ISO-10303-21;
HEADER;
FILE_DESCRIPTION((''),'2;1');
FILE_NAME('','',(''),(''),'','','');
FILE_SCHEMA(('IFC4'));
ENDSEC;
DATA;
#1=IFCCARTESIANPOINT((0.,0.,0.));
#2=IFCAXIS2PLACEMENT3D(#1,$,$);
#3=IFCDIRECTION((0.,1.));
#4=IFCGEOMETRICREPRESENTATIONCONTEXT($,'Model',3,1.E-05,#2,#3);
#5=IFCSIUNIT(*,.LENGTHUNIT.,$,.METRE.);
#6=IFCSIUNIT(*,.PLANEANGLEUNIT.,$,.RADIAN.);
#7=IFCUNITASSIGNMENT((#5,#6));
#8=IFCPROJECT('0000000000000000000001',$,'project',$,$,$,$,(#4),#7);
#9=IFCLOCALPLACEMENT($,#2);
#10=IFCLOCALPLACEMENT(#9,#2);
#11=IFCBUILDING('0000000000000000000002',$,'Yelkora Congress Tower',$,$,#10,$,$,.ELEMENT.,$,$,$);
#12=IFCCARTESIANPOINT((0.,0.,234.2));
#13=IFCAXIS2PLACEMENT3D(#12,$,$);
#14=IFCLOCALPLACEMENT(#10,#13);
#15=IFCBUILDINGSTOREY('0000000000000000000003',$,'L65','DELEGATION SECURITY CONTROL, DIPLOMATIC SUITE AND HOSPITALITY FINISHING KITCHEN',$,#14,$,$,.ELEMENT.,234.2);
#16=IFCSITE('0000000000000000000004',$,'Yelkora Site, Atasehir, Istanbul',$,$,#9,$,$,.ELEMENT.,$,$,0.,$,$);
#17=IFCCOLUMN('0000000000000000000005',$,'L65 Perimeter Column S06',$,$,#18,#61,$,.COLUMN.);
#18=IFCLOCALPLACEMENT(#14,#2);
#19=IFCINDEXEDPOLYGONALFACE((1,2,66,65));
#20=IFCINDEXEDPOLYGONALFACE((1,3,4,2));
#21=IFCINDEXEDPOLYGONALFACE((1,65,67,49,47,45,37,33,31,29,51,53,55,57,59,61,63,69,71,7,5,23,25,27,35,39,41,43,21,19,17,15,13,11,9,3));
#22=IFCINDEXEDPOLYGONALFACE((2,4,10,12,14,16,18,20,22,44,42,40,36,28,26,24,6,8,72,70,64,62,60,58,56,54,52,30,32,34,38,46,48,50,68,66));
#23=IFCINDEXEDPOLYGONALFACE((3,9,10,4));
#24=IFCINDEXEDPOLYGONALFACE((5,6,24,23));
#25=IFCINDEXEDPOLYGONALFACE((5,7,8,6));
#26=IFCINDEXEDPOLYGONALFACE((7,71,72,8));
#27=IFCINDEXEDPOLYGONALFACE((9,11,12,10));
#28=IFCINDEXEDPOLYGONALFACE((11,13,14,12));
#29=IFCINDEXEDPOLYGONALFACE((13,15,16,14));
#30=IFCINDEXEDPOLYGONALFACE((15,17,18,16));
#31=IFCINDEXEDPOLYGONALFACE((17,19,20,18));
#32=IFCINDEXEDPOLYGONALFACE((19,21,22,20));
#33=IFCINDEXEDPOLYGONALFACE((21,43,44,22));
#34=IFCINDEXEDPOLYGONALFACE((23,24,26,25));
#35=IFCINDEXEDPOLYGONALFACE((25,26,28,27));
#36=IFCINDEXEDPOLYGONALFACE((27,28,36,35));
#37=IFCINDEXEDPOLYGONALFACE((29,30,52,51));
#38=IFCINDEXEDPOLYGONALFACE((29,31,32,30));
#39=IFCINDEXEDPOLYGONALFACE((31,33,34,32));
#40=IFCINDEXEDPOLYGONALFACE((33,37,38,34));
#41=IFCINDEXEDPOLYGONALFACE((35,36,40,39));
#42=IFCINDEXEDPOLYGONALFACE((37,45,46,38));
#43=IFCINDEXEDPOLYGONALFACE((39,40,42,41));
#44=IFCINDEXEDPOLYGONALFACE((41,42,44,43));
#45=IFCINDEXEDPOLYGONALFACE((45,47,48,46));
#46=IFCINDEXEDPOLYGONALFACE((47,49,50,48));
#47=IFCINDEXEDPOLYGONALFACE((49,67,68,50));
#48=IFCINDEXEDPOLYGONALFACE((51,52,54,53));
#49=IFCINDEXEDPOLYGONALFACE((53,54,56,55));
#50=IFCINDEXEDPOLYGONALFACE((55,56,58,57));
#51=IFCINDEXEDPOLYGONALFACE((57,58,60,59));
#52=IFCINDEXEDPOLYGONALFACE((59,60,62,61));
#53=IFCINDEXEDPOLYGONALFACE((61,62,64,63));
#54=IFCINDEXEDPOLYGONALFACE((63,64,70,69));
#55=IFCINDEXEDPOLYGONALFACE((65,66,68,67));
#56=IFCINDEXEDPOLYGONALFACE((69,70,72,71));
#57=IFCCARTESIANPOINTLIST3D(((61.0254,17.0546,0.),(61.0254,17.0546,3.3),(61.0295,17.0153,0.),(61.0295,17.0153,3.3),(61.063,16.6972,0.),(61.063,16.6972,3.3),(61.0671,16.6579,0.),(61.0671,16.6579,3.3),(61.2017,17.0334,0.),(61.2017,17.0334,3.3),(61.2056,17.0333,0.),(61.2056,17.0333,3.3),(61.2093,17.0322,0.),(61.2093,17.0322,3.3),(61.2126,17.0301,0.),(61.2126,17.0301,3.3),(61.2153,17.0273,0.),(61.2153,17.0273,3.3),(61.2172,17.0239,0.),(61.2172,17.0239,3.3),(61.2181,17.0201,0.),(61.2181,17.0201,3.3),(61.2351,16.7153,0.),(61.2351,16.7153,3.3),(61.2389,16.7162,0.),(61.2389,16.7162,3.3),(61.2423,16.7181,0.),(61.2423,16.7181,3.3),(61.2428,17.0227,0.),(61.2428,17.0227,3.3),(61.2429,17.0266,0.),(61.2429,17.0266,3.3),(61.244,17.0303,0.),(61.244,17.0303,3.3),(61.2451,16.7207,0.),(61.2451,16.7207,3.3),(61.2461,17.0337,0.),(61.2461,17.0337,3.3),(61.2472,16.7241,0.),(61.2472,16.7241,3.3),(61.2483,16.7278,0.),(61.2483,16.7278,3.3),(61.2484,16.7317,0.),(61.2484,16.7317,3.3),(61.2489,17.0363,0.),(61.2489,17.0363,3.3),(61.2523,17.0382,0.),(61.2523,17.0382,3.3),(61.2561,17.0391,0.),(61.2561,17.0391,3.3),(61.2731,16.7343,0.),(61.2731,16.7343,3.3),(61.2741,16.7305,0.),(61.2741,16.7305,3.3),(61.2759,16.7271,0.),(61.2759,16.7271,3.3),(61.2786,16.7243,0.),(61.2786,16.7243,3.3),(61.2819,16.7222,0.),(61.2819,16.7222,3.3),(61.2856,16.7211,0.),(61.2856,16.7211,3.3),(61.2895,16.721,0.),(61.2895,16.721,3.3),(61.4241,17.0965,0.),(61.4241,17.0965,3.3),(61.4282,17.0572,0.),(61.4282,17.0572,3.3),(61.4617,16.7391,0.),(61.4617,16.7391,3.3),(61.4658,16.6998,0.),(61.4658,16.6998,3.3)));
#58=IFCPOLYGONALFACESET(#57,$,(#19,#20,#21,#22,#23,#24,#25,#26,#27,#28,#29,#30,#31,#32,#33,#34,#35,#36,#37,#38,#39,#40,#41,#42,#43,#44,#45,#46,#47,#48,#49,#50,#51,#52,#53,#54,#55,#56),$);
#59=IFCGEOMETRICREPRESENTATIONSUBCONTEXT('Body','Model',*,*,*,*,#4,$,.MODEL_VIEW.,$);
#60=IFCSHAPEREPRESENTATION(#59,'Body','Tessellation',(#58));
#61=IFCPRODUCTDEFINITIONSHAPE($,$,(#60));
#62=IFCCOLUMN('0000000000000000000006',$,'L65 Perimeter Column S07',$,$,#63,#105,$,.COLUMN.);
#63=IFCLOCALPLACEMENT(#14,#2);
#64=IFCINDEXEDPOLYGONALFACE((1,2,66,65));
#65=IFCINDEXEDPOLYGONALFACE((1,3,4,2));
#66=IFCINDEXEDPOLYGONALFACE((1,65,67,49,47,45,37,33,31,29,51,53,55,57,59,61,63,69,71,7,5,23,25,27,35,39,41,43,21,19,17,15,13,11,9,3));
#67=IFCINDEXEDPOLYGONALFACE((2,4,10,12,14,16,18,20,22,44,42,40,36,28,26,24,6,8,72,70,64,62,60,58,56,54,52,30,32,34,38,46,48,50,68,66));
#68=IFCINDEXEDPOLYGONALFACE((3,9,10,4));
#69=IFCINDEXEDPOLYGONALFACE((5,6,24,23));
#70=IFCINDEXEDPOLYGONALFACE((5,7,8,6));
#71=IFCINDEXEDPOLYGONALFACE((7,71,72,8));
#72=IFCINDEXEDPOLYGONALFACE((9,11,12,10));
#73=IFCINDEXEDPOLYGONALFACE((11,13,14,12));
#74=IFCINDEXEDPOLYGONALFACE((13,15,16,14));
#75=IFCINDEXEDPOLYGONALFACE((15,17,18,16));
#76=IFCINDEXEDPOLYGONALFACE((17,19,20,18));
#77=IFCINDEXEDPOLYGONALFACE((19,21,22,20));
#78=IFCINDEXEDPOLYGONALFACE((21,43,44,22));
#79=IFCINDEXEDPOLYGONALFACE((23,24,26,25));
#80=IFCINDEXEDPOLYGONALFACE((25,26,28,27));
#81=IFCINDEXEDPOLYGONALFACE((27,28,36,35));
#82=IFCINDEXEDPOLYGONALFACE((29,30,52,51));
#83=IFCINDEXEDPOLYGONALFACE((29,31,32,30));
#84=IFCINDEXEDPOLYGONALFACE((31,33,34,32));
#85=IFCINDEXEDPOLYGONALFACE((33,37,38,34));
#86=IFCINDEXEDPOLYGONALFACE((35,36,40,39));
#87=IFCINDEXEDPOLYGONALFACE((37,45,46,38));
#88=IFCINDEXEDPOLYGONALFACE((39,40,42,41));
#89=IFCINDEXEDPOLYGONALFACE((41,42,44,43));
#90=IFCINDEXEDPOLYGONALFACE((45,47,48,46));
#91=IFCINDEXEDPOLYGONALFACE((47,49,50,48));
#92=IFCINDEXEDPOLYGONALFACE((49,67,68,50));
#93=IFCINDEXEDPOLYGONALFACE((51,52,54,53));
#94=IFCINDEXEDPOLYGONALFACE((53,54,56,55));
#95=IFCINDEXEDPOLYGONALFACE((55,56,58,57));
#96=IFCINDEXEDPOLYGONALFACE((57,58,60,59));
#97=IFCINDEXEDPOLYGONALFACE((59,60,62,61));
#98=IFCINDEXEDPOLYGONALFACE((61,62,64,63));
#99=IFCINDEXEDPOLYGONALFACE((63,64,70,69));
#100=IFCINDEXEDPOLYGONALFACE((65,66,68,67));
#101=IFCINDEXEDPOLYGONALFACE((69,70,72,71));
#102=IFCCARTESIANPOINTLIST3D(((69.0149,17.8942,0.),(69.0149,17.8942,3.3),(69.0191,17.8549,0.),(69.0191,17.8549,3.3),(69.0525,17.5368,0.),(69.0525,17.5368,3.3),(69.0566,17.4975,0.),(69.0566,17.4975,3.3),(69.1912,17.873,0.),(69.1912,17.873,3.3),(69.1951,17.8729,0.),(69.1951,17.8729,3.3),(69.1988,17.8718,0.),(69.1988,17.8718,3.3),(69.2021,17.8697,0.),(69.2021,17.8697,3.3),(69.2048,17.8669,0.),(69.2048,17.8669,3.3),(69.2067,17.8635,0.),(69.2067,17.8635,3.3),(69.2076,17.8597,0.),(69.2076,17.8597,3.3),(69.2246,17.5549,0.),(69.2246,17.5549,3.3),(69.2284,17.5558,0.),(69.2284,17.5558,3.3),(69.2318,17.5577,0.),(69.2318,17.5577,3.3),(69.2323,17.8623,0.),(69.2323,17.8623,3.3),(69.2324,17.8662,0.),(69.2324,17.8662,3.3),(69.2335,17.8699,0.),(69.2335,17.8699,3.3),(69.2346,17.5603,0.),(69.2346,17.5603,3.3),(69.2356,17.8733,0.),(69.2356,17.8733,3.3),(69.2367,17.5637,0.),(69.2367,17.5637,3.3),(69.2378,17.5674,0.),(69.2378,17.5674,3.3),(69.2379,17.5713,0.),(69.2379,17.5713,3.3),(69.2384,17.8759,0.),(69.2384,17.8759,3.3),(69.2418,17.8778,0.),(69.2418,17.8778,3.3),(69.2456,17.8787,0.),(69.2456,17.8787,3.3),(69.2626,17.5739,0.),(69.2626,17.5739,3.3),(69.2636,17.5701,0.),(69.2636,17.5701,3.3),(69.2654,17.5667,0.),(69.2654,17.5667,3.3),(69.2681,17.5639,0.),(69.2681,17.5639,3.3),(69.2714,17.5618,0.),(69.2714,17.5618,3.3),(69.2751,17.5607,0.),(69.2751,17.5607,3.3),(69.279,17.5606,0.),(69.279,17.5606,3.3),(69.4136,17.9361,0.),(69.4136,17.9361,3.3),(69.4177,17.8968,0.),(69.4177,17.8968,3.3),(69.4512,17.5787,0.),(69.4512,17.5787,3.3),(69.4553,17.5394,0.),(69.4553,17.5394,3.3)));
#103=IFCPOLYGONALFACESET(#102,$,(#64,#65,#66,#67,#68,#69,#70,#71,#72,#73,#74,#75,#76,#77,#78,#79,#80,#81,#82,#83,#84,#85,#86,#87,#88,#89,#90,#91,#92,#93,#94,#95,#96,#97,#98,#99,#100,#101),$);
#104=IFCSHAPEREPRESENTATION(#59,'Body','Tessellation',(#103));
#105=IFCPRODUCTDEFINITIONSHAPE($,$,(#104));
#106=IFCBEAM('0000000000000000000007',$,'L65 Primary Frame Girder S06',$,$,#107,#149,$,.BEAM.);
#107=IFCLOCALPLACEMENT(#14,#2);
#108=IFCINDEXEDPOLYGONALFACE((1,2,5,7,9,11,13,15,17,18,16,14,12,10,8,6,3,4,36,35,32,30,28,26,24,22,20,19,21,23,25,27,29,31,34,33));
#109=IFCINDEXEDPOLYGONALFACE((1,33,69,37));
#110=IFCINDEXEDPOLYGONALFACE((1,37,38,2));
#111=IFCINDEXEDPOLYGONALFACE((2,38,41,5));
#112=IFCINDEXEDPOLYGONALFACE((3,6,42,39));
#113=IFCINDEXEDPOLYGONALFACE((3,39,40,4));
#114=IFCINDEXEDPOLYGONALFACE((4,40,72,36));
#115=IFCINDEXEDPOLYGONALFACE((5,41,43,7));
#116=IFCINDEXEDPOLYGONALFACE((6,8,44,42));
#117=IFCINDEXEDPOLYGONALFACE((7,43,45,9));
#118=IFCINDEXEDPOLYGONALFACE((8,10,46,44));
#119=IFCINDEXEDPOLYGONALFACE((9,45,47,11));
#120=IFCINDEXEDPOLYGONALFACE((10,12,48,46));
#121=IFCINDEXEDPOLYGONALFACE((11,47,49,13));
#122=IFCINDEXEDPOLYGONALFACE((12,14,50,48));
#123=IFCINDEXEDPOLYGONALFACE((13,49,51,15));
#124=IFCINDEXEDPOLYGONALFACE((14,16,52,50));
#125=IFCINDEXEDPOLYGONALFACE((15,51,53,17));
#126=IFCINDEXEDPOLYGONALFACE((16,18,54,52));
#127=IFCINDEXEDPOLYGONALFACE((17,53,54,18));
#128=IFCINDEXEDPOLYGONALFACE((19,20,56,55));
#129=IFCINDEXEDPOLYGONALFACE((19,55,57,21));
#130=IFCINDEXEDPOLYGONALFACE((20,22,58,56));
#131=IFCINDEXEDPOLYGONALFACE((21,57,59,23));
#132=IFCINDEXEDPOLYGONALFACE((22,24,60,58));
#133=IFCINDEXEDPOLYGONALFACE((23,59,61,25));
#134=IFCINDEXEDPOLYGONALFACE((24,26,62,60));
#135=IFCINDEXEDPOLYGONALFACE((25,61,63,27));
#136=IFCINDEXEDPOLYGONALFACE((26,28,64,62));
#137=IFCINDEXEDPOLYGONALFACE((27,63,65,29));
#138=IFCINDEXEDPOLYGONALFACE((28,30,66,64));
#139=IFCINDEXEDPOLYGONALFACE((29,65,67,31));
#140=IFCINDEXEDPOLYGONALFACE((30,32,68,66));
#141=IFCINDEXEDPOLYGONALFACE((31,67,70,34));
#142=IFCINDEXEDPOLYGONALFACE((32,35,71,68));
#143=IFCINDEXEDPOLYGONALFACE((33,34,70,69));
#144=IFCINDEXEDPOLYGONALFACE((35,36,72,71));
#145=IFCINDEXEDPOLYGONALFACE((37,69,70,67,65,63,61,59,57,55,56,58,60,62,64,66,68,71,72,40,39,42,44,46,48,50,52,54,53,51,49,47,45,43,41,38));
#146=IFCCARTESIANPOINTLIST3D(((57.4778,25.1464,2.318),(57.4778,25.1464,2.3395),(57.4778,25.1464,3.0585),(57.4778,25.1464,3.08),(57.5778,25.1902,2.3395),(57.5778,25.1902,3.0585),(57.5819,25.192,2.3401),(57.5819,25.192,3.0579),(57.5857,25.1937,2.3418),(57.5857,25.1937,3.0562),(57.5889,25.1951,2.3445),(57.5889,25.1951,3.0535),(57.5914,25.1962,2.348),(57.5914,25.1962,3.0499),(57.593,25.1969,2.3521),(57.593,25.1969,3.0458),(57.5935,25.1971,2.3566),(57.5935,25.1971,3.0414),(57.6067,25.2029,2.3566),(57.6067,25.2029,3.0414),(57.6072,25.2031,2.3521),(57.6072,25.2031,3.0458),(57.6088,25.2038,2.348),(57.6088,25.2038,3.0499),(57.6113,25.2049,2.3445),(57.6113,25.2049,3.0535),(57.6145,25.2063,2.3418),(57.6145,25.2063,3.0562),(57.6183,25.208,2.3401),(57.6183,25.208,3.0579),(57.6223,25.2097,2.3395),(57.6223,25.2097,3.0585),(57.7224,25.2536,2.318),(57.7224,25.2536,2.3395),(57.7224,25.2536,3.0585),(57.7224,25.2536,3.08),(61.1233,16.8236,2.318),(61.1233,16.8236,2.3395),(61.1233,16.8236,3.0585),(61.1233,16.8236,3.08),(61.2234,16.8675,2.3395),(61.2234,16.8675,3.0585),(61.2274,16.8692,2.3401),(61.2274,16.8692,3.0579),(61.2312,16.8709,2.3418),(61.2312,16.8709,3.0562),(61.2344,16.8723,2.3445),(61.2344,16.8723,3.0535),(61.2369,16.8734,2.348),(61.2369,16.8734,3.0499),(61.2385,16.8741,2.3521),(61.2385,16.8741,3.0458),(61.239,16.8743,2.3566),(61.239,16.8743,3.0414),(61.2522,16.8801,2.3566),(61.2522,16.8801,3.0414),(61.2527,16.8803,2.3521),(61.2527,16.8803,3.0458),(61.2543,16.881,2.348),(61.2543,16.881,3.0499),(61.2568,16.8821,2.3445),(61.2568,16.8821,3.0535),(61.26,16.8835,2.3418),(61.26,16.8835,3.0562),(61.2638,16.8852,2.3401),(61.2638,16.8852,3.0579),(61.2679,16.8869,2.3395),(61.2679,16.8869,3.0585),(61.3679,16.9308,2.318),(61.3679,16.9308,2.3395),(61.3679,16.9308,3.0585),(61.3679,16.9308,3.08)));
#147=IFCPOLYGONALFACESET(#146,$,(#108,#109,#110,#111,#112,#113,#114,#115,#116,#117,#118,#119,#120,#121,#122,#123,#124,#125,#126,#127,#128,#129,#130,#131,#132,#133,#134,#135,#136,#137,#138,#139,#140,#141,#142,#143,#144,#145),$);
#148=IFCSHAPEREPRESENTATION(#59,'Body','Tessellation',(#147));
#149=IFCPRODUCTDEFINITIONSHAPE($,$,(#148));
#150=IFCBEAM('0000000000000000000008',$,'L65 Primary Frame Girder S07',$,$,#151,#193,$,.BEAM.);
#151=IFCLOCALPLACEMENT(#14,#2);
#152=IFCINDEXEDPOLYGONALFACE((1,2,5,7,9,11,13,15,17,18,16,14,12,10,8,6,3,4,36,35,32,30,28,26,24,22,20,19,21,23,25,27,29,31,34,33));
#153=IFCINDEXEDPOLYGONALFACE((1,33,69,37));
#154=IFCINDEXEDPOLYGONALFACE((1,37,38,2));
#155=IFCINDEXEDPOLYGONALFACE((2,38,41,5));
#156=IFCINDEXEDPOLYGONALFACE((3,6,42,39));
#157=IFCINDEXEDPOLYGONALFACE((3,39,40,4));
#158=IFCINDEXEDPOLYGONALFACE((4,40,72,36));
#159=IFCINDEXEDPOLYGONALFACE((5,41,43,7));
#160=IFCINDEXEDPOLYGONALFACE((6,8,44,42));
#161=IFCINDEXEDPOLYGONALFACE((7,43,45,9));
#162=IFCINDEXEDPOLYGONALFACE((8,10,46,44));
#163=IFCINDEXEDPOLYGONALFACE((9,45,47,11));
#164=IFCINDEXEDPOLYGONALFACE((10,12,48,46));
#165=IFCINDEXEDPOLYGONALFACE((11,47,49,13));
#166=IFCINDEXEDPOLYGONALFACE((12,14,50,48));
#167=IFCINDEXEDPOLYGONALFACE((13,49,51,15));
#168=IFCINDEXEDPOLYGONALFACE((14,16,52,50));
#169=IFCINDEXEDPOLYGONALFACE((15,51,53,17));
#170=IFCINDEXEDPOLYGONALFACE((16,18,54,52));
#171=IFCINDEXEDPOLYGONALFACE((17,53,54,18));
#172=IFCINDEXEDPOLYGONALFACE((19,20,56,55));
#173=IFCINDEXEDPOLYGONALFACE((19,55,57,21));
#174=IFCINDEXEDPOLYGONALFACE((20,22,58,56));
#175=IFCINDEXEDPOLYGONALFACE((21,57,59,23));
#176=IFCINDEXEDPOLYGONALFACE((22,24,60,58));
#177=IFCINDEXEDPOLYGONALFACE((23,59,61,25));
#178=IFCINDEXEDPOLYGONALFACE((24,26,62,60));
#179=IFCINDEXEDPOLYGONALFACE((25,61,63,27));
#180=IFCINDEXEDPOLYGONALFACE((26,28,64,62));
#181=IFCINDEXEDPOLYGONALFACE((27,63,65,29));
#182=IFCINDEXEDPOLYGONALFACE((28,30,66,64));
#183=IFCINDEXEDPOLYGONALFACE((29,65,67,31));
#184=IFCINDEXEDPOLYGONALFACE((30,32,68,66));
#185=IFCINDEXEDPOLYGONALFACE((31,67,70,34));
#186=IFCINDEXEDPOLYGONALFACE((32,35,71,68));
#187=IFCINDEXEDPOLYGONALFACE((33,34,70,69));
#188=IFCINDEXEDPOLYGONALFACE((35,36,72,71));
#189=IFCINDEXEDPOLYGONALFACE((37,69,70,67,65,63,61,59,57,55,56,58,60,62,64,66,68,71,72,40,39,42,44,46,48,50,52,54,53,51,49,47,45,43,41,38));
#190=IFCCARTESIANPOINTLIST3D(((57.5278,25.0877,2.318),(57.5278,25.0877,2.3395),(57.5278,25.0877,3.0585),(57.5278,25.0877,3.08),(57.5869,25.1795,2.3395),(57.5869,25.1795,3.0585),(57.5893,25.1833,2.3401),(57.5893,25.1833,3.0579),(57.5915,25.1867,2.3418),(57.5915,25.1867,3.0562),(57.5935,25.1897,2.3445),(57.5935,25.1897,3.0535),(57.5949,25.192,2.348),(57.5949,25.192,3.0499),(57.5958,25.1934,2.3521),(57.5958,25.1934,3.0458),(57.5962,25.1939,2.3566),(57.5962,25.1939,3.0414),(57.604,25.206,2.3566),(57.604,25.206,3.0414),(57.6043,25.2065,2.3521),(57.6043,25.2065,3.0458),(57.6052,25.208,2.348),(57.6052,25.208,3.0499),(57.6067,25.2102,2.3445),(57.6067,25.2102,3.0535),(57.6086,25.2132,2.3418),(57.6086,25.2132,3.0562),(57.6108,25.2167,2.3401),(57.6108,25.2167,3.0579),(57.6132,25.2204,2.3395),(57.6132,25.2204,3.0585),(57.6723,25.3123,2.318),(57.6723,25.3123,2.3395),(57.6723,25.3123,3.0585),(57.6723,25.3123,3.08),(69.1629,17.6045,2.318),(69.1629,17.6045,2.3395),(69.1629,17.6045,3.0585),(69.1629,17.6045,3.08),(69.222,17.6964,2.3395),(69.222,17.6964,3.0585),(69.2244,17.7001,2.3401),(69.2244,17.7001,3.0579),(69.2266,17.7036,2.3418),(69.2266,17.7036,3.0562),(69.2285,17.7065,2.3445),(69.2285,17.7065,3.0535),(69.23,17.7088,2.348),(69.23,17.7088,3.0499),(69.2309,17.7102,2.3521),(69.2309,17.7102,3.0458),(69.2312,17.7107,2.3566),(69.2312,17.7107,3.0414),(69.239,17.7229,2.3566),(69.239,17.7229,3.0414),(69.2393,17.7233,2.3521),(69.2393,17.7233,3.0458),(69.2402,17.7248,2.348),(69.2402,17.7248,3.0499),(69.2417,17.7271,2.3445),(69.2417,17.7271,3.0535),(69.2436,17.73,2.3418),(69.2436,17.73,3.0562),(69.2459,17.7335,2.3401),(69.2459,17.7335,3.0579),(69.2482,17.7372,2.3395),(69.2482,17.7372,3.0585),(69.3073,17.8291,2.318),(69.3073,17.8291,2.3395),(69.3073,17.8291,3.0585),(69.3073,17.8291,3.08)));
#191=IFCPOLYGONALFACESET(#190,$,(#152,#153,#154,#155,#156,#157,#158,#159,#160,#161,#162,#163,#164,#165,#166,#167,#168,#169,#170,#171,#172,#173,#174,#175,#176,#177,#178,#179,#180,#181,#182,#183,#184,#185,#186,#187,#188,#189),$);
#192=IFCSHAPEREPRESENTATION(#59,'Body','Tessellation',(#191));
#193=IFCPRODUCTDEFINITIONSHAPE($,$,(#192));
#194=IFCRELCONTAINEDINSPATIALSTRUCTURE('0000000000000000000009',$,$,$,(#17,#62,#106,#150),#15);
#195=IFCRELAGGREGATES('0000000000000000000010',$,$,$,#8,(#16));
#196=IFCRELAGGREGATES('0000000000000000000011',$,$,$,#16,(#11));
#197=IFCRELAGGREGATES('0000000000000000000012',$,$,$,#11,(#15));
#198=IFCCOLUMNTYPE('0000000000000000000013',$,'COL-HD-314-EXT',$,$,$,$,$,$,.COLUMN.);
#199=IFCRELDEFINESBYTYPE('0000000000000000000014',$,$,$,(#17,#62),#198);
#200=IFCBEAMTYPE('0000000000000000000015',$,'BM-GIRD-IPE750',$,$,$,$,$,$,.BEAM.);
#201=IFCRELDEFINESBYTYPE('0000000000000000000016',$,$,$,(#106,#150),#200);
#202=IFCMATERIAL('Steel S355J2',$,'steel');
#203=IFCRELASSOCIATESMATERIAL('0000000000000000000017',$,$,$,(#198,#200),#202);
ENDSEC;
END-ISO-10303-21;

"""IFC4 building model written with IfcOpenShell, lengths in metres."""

from ifc_helpers import new_model, si_unit, direction, frame, origin, origin_2d, place, context, subcontext, project, spatial, i_section, extrude, material, material_profile, profile_set, type_object, element, save


model = new_model("IFC4")

# Units and contexts
model_context = context("Model", 3, precision=1e-05, world=origin(), true_north=direction((0.0, 1.0)))
body_context = subcontext(model_context, "Body", "Model", "MODEL_VIEW")
ifc_project = project(units=[si_unit("LENGTHUNIT", "METRE"), si_unit("PLANEANGLEUNIT", "RADIAN")], contexts=[model_context])

# Site, building, storey
site_placement = place(None, origin())
site = spatial("IfcSite", under=ifc_project, at=site_placement, Name="Yelkora Site, Atasehir, Istanbul", CompositionType="ELEMENT", RefElevation=0.0)
building_placement = place(site_placement, origin())
building = spatial("IfcBuilding", under=site, at=building_placement, Name="Yelkora Congress Tower", CompositionType="ELEMENT")
storey_placement = place(building_placement, frame((0.0, 0.0, 234.2)))
storey = spatial("IfcBuildingStorey", under=building, at=storey_placement, Name="L65", Description="DELEGATION SECURITY CONTROL, DIPLOMATIC SUITE AND HOSPITALITY FINISHING KITCHEN", CompositionType="ELEMENT", Elevation=234.2)

# Columns
ifc_material_1 = material(Name="Steel S355J2", Category="steel")
ifc_material_profile_1 = material_profile(ifc_material_1, i_section(OverallWidth=0.4009, OverallDepth=0.3989, WebThickness=0.0249, FlangeThickness=0.0396, FilletRadius=0.0149, at=origin_2d()), Name="HD 400x314")
ifc_profile_set_1 = profile_set([ifc_material_profile_1], Name="Steel S355J2")
column_type = type_object("IfcColumnType", Name="COL-HD-314-EXT", PredefinedType="COLUMN", material=ifc_profile_set_1)
for number, where, z_axis, x_axis, name in (
    (1, (61.2456, 16.8772, 0.0), (0.0, 0.0, 1.0), (0.994522, 0.104528, 0.0), "L65 Perimeter Column S06"),
    (2, (69.2351, 17.7168, 0.0), (0.0, 0.0, 1.0), (0.994522, 0.104528, 0.0), "L65 Perimeter Column S07"),
):
    element("IfcColumn", number, at=place(storey_placement, frame(where, z_axis=z_axis, x_axis=x_axis)), inside=storey, type_object=column_type, Name=name, PredefinedType="COLUMN", context=body_context, shape_type="SweptSolid", body=[
        extrude(i_section(OverallWidth=0.4009, OverallDepth=0.3989, WebThickness=0.0249, FlangeThickness=0.0396, FilletRadius=0.0149, at=origin_2d()), origin(), (0.0, 0.0, 1.0), 3.3),
    ])

# Beams
ifc_material_profile_2 = material_profile(ifc_material_1, i_section(OverallWidth=0.2671, OverallDepth=0.762, WebThickness=0.0144, FlangeThickness=0.0215, FilletRadius=0.0171, at=origin_2d()), Name="IPE 750x173")
ifc_profile_set_2 = profile_set([ifc_material_profile_2], Name="Steel S355J2")
beam_type_1 = type_object("IfcBeamType", Name="BM-GIRD-IPE750", PredefinedType="BEAM", material=ifc_profile_set_2)
beam_1_placement = place(storey_placement, frame((61.2456, 16.8772, 2.699), z_axis=(-0.401216, 0.915983, 0.0), x_axis=(-0.915983, -0.401216, 0.0)))
element("IfcBeam", 3, at=beam_1_placement, inside=storey, type_object=beam_type_1, Name="L65 Primary Frame Girder S06", PredefinedType="BEAM", context=body_context, shape_type="SweptSolid", body=[
    extrude(i_section(OverallWidth=0.2671, OverallDepth=0.762, WebThickness=0.0144, FlangeThickness=0.0215, FilletRadius=0.0171, at=origin_2d()), origin(), (0.0, 0.0, 1.0), 9.0862),
])
beam_2_placement = place(storey_placement, frame((69.2351, 17.7168, 2.699), z_axis=(-0.841063, 0.540937, 0.0), x_axis=(-0.540937, -0.841063, 0.0)))
element("IfcBeam", 4, at=beam_2_placement, inside=storey, type_object=beam_type_1, Name="L65 Primary Frame Girder S07", PredefinedType="BEAM", context=body_context, shape_type="SweptSolid", body=[
    extrude(i_section(OverallWidth=0.2671, OverallDepth=0.762, WebThickness=0.0144, FlangeThickness=0.0215, FilletRadius=0.0171, at=origin_2d()), origin(), (0.0, 0.0, 1.0), 13.8337),
])

save(model, "model.ifc")
